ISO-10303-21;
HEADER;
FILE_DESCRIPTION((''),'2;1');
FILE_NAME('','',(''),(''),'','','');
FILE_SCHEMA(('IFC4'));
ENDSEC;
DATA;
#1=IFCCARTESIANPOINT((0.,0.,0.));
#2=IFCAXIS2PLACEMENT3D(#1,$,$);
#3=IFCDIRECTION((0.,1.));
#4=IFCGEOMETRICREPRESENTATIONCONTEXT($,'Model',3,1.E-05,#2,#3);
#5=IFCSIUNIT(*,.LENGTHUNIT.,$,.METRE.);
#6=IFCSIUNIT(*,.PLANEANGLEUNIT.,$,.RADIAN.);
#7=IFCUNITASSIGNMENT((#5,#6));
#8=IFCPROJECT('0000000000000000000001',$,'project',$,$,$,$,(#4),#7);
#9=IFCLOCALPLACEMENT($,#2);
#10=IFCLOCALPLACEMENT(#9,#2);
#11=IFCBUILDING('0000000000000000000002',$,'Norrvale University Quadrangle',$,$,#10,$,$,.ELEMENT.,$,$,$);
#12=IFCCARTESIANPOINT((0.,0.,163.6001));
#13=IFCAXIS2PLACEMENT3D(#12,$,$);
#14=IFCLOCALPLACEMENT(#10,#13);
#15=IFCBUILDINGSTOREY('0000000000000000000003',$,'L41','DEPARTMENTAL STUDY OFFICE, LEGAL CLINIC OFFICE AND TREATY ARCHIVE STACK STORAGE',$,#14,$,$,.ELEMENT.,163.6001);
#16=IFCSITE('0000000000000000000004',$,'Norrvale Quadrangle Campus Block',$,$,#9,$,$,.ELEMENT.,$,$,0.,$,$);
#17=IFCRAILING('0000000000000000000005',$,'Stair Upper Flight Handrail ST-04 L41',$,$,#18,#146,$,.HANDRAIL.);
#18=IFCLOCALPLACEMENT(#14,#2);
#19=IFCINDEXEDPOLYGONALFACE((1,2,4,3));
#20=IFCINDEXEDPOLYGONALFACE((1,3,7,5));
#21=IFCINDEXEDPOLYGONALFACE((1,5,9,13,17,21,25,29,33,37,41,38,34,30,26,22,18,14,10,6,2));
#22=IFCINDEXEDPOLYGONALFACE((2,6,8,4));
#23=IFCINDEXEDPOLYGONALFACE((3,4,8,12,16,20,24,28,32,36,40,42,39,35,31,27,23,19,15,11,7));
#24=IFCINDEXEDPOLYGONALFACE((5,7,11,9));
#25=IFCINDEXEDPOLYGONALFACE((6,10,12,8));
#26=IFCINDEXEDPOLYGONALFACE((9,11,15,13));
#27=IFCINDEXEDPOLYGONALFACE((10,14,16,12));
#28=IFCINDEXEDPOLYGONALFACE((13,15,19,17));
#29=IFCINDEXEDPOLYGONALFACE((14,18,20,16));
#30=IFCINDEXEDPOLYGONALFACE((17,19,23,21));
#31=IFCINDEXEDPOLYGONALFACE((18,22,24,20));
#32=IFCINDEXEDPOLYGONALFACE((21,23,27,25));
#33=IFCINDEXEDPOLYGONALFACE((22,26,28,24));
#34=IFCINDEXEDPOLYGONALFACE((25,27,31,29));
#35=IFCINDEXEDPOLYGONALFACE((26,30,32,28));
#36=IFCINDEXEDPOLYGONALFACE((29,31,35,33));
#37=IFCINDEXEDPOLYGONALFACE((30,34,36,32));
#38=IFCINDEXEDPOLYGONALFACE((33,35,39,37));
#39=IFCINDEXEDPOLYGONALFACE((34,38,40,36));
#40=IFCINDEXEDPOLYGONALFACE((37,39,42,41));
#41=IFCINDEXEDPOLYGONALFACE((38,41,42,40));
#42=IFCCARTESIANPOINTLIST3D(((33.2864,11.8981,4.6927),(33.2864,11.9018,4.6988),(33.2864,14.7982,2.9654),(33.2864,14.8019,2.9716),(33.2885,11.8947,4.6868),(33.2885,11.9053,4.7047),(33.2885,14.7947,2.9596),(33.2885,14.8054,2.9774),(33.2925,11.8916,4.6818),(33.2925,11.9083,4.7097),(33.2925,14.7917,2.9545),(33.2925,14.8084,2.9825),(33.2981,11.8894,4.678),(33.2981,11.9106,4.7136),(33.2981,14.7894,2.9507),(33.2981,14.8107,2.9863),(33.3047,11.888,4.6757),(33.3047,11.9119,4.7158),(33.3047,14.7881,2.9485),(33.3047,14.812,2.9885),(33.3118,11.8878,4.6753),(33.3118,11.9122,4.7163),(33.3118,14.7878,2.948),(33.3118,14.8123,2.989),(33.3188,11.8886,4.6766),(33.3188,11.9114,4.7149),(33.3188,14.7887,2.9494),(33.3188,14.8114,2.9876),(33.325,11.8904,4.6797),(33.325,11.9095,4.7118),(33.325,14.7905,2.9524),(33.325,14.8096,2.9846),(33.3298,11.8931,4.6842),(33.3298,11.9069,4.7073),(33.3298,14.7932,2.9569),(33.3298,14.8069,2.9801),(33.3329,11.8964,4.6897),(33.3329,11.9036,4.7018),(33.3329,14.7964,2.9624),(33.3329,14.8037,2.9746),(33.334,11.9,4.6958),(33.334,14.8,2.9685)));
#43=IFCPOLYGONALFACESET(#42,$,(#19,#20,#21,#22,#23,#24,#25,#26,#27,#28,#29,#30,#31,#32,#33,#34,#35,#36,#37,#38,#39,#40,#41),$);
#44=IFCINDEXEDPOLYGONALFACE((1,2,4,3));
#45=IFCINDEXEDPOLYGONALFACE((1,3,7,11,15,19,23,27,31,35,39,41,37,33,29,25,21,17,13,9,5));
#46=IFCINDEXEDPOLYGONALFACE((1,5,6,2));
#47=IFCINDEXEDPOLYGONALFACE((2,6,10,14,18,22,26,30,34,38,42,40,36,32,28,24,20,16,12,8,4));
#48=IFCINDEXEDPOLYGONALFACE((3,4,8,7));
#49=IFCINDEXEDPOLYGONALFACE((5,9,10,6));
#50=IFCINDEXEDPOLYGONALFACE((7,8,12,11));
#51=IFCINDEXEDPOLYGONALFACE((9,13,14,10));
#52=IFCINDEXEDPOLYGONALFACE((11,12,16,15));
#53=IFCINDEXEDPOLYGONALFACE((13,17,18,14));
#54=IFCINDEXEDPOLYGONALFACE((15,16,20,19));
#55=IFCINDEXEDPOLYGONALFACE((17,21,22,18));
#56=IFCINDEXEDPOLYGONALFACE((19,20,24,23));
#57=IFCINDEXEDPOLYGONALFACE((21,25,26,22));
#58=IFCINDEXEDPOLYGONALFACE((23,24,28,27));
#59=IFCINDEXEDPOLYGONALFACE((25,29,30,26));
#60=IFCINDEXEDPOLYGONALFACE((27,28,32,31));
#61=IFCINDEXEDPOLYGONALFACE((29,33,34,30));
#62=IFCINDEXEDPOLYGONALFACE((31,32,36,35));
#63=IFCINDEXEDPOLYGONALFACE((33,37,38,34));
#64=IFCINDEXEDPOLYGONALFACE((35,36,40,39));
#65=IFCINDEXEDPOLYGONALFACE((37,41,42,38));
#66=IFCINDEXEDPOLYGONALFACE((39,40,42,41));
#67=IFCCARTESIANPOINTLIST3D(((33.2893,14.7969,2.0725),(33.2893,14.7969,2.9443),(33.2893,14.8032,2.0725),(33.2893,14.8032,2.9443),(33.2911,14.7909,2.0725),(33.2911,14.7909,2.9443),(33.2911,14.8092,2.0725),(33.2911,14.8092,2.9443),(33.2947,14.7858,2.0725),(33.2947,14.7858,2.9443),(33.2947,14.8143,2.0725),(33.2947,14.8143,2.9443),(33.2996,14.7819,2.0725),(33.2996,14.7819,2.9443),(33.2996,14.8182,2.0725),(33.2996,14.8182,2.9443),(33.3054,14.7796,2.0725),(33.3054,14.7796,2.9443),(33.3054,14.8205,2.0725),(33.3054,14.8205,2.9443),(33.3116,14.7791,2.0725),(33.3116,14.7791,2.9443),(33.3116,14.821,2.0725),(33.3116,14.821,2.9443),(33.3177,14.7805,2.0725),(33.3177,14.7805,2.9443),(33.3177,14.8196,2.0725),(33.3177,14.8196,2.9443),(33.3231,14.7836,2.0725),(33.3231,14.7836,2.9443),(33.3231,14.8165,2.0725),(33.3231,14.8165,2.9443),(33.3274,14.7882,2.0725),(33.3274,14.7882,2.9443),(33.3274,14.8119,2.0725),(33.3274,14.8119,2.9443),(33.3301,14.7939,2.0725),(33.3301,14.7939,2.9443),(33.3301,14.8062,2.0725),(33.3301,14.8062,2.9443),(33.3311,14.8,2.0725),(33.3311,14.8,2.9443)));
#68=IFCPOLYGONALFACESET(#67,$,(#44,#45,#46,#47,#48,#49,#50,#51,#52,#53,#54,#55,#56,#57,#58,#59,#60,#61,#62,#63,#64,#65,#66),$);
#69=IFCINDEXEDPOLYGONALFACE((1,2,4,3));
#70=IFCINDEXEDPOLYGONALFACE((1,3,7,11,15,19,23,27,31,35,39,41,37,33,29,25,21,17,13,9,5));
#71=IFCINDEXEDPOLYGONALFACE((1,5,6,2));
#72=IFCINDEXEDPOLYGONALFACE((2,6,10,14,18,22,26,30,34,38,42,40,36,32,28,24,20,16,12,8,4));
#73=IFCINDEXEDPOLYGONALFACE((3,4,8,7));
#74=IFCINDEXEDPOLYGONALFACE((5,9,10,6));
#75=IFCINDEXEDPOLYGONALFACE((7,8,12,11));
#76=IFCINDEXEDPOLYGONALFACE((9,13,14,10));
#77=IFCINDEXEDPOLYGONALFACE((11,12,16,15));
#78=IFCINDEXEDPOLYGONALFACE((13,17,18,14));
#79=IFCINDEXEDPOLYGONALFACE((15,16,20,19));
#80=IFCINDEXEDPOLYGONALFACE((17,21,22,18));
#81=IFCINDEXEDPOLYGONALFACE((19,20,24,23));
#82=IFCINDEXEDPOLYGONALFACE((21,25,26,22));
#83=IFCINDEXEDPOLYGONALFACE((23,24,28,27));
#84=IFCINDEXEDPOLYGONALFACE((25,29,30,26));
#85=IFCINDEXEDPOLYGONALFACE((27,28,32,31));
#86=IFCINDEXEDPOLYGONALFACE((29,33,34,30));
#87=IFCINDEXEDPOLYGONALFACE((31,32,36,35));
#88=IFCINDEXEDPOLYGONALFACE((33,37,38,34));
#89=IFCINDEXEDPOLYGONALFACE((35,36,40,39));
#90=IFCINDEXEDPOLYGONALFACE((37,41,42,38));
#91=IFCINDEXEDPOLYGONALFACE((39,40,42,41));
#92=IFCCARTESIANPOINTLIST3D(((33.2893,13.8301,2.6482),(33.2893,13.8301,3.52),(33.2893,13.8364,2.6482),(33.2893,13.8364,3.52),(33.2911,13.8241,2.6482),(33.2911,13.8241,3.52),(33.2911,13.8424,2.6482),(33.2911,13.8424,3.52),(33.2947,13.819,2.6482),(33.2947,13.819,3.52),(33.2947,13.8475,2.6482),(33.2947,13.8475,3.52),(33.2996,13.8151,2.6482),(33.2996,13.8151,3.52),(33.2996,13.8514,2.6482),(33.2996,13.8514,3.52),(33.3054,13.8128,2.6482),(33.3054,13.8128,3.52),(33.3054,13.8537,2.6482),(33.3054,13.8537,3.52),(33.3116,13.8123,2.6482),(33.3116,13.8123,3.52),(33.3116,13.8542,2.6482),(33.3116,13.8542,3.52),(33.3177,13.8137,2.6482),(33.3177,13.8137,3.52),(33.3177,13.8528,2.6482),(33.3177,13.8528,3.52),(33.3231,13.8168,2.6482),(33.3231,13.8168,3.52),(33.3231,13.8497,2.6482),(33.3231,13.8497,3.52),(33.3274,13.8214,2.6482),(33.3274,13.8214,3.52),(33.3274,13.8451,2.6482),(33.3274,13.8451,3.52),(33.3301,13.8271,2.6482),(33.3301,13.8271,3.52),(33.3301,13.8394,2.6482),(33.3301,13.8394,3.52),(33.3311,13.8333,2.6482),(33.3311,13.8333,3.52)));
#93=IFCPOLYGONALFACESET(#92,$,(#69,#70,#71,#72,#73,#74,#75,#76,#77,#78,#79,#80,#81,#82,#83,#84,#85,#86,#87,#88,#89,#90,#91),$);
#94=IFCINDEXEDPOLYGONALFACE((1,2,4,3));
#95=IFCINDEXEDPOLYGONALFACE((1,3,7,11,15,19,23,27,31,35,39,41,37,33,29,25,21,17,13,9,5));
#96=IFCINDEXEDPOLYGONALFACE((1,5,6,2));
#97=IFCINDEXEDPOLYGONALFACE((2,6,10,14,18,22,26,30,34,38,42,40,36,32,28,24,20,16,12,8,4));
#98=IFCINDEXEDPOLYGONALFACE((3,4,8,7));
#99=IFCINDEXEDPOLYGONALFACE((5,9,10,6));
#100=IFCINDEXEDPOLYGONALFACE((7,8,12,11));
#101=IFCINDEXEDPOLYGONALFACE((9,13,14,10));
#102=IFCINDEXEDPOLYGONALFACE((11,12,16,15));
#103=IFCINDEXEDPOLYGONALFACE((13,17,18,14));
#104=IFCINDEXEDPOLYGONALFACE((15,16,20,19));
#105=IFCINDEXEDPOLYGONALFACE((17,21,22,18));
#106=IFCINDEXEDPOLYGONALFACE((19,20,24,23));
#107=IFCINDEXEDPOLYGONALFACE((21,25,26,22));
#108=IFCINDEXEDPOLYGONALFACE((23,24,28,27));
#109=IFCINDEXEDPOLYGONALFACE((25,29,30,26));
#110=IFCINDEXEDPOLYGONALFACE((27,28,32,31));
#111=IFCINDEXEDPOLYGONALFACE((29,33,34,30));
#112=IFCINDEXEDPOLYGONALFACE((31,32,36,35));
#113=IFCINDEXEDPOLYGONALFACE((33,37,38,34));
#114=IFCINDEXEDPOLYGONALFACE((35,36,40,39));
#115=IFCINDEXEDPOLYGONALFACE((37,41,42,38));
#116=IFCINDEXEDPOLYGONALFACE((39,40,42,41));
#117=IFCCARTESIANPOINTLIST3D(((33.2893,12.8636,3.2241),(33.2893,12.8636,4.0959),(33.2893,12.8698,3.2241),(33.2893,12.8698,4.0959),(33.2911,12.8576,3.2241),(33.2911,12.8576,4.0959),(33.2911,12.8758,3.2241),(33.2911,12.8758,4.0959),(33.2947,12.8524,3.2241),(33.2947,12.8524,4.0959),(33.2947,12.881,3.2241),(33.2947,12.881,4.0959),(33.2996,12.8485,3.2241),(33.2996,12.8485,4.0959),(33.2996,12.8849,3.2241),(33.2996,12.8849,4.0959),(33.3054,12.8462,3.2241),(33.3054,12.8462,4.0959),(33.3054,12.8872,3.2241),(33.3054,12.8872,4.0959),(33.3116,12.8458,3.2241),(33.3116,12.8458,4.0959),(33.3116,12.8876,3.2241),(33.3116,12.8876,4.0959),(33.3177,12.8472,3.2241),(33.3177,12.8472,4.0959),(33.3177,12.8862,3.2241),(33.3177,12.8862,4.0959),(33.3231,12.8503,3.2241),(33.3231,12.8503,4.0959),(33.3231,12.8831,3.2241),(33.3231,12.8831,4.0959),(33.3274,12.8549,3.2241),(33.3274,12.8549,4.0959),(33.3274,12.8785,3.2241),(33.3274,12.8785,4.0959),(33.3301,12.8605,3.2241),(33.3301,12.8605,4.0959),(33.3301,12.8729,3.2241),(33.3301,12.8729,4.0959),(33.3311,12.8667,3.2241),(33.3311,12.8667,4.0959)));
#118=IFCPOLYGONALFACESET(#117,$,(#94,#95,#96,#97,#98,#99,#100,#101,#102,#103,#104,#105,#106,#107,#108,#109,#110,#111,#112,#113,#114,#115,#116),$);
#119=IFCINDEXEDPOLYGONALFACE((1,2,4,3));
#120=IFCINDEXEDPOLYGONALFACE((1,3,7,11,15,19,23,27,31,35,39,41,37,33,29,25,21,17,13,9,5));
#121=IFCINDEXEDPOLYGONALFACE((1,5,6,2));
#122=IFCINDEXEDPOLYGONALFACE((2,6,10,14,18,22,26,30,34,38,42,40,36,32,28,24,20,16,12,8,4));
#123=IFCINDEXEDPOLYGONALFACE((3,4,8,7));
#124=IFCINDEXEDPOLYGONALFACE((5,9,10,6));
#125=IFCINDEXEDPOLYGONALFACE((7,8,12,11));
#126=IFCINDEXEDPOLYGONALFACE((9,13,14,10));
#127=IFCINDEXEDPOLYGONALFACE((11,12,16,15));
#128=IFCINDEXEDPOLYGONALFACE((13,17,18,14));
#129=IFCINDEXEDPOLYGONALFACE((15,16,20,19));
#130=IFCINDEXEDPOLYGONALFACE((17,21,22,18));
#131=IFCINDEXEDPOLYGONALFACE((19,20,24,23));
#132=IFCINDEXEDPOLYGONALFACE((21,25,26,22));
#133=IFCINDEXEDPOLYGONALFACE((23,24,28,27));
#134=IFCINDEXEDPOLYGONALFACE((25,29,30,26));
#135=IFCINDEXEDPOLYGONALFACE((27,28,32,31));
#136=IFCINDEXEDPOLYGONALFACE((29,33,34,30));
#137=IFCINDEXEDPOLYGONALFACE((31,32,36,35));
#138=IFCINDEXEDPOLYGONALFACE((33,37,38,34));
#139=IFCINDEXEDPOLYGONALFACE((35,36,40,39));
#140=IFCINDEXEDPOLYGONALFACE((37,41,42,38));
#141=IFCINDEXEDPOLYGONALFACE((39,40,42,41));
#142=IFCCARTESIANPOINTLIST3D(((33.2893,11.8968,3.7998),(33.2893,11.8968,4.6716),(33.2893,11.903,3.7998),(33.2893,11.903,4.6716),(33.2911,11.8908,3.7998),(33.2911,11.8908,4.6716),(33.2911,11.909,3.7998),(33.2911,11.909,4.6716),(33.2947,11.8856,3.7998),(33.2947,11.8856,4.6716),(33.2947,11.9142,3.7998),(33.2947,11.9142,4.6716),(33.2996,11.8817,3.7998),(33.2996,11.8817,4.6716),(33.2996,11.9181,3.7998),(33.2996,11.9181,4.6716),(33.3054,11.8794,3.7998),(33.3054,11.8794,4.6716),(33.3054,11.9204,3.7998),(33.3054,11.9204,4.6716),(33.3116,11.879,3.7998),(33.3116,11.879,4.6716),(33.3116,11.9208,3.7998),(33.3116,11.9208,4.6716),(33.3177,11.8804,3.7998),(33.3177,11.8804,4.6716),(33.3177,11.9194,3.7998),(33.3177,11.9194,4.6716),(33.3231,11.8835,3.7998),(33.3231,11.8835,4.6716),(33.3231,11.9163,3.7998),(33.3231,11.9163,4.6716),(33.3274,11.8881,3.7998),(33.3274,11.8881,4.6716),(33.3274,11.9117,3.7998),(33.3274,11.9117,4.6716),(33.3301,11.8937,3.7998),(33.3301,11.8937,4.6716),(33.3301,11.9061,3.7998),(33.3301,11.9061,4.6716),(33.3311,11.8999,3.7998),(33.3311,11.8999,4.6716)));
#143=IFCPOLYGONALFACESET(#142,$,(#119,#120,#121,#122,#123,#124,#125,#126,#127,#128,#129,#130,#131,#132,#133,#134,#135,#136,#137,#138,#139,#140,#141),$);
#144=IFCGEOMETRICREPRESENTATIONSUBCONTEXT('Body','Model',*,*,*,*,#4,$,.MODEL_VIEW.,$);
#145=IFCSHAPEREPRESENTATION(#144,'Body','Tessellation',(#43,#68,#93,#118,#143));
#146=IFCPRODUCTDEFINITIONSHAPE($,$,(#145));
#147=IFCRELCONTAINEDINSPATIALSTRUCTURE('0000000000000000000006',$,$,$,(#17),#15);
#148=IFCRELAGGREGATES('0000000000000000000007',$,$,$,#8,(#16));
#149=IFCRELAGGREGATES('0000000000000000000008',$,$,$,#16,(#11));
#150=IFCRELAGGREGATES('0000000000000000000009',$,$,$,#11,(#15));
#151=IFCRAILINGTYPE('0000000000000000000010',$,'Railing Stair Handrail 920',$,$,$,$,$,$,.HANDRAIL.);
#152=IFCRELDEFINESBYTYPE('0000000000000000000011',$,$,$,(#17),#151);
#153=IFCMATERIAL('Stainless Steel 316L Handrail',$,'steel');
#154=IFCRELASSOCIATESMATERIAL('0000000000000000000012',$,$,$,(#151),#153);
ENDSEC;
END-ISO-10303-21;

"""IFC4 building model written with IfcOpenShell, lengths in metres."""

from ifc_helpers import new_model, si_unit, direction, frame, origin, origin_2d, place, context, subcontext, project, spatial, circle, extrude, material, type_object, element, save


model = new_model("IFC4")

# Units and contexts
model_context = context("Model", 3, precision=1e-05, world=origin(), true_north=direction((0.0, 1.0)))
body_context = subcontext(model_context, "Body", "Model", "MODEL_VIEW")
ifc_project = project(units=[si_unit("LENGTHUNIT", "METRE"), si_unit("PLANEANGLEUNIT", "RADIAN")], contexts=[model_context])

# Site, building, storey
site_placement = place(None, origin())
site = spatial("IfcSite", under=ifc_project, at=site_placement, Name="Norrvale Quadrangle Campus Block", CompositionType="ELEMENT", RefElevation=0.0)
building_placement = place(site_placement, origin())
building = spatial("IfcBuilding", under=site, at=building_placement, Name="Norrvale University Quadrangle", CompositionType="ELEMENT")
storey_placement = place(building_placement, frame((0.0, 0.0, 163.6001)))
storey = spatial("IfcBuildingStorey", under=building, at=storey_placement, Name="L41", Description="DEPARTMENTAL STUDY OFFICE, LEGAL CLINIC OFFICE AND TREATY ARCHIVE STACK STORAGE", CompositionType="ELEMENT", Elevation=163.6001)

# Railing
ifc_material_1 = material(Name="Stainless Steel 316L Handrail", Category="steel")
railing_type = type_object("IfcRailingType", Name="Railing Stair Handrail 920", PredefinedType="HANDRAIL", material=ifc_material_1)
railing_placement = place(storey_placement, frame((33.3101, 14.8, 2.0725)))
element("IfcRailing", 1, at=railing_placement, inside=storey, type_object=railing_type, Name="Stair Upper Flight Handrail ST-04 L41", PredefinedType="HANDRAIL", context=body_context, shape_type="SweptSolid", body=[
    extrude(circle(Radius=0.0239, at=origin_2d()), frame((0.0, 0.0, 0.896), z_axis=(0.0, -0.85916, 0.511706), x_axis=(1.0, 0.0, 0.0)), (0.0, 0.0, 1.0), 3.3755),
    extrude(circle(Radius=0.021, at=origin_2d()), origin(), (0.0, 0.0, 1.0), 0.8718),
    extrude(circle(Radius=0.021, at=origin_2d()), frame((0.0, -0.9668, 0.5757)), (0.0, 0.0, 1.0), 0.8718),
    extrude(circle(Radius=0.021, at=origin_2d()), frame((0.0, -1.9333, 1.1516)), (0.0, 0.0, 1.0), 0.8718),
    extrude(circle(Radius=0.021, at=origin_2d()), frame((0.0, -2.9001, 1.7273)), (0.0, 0.0, 1.0), 0.8718),
])

save(model, "model.ifc")
